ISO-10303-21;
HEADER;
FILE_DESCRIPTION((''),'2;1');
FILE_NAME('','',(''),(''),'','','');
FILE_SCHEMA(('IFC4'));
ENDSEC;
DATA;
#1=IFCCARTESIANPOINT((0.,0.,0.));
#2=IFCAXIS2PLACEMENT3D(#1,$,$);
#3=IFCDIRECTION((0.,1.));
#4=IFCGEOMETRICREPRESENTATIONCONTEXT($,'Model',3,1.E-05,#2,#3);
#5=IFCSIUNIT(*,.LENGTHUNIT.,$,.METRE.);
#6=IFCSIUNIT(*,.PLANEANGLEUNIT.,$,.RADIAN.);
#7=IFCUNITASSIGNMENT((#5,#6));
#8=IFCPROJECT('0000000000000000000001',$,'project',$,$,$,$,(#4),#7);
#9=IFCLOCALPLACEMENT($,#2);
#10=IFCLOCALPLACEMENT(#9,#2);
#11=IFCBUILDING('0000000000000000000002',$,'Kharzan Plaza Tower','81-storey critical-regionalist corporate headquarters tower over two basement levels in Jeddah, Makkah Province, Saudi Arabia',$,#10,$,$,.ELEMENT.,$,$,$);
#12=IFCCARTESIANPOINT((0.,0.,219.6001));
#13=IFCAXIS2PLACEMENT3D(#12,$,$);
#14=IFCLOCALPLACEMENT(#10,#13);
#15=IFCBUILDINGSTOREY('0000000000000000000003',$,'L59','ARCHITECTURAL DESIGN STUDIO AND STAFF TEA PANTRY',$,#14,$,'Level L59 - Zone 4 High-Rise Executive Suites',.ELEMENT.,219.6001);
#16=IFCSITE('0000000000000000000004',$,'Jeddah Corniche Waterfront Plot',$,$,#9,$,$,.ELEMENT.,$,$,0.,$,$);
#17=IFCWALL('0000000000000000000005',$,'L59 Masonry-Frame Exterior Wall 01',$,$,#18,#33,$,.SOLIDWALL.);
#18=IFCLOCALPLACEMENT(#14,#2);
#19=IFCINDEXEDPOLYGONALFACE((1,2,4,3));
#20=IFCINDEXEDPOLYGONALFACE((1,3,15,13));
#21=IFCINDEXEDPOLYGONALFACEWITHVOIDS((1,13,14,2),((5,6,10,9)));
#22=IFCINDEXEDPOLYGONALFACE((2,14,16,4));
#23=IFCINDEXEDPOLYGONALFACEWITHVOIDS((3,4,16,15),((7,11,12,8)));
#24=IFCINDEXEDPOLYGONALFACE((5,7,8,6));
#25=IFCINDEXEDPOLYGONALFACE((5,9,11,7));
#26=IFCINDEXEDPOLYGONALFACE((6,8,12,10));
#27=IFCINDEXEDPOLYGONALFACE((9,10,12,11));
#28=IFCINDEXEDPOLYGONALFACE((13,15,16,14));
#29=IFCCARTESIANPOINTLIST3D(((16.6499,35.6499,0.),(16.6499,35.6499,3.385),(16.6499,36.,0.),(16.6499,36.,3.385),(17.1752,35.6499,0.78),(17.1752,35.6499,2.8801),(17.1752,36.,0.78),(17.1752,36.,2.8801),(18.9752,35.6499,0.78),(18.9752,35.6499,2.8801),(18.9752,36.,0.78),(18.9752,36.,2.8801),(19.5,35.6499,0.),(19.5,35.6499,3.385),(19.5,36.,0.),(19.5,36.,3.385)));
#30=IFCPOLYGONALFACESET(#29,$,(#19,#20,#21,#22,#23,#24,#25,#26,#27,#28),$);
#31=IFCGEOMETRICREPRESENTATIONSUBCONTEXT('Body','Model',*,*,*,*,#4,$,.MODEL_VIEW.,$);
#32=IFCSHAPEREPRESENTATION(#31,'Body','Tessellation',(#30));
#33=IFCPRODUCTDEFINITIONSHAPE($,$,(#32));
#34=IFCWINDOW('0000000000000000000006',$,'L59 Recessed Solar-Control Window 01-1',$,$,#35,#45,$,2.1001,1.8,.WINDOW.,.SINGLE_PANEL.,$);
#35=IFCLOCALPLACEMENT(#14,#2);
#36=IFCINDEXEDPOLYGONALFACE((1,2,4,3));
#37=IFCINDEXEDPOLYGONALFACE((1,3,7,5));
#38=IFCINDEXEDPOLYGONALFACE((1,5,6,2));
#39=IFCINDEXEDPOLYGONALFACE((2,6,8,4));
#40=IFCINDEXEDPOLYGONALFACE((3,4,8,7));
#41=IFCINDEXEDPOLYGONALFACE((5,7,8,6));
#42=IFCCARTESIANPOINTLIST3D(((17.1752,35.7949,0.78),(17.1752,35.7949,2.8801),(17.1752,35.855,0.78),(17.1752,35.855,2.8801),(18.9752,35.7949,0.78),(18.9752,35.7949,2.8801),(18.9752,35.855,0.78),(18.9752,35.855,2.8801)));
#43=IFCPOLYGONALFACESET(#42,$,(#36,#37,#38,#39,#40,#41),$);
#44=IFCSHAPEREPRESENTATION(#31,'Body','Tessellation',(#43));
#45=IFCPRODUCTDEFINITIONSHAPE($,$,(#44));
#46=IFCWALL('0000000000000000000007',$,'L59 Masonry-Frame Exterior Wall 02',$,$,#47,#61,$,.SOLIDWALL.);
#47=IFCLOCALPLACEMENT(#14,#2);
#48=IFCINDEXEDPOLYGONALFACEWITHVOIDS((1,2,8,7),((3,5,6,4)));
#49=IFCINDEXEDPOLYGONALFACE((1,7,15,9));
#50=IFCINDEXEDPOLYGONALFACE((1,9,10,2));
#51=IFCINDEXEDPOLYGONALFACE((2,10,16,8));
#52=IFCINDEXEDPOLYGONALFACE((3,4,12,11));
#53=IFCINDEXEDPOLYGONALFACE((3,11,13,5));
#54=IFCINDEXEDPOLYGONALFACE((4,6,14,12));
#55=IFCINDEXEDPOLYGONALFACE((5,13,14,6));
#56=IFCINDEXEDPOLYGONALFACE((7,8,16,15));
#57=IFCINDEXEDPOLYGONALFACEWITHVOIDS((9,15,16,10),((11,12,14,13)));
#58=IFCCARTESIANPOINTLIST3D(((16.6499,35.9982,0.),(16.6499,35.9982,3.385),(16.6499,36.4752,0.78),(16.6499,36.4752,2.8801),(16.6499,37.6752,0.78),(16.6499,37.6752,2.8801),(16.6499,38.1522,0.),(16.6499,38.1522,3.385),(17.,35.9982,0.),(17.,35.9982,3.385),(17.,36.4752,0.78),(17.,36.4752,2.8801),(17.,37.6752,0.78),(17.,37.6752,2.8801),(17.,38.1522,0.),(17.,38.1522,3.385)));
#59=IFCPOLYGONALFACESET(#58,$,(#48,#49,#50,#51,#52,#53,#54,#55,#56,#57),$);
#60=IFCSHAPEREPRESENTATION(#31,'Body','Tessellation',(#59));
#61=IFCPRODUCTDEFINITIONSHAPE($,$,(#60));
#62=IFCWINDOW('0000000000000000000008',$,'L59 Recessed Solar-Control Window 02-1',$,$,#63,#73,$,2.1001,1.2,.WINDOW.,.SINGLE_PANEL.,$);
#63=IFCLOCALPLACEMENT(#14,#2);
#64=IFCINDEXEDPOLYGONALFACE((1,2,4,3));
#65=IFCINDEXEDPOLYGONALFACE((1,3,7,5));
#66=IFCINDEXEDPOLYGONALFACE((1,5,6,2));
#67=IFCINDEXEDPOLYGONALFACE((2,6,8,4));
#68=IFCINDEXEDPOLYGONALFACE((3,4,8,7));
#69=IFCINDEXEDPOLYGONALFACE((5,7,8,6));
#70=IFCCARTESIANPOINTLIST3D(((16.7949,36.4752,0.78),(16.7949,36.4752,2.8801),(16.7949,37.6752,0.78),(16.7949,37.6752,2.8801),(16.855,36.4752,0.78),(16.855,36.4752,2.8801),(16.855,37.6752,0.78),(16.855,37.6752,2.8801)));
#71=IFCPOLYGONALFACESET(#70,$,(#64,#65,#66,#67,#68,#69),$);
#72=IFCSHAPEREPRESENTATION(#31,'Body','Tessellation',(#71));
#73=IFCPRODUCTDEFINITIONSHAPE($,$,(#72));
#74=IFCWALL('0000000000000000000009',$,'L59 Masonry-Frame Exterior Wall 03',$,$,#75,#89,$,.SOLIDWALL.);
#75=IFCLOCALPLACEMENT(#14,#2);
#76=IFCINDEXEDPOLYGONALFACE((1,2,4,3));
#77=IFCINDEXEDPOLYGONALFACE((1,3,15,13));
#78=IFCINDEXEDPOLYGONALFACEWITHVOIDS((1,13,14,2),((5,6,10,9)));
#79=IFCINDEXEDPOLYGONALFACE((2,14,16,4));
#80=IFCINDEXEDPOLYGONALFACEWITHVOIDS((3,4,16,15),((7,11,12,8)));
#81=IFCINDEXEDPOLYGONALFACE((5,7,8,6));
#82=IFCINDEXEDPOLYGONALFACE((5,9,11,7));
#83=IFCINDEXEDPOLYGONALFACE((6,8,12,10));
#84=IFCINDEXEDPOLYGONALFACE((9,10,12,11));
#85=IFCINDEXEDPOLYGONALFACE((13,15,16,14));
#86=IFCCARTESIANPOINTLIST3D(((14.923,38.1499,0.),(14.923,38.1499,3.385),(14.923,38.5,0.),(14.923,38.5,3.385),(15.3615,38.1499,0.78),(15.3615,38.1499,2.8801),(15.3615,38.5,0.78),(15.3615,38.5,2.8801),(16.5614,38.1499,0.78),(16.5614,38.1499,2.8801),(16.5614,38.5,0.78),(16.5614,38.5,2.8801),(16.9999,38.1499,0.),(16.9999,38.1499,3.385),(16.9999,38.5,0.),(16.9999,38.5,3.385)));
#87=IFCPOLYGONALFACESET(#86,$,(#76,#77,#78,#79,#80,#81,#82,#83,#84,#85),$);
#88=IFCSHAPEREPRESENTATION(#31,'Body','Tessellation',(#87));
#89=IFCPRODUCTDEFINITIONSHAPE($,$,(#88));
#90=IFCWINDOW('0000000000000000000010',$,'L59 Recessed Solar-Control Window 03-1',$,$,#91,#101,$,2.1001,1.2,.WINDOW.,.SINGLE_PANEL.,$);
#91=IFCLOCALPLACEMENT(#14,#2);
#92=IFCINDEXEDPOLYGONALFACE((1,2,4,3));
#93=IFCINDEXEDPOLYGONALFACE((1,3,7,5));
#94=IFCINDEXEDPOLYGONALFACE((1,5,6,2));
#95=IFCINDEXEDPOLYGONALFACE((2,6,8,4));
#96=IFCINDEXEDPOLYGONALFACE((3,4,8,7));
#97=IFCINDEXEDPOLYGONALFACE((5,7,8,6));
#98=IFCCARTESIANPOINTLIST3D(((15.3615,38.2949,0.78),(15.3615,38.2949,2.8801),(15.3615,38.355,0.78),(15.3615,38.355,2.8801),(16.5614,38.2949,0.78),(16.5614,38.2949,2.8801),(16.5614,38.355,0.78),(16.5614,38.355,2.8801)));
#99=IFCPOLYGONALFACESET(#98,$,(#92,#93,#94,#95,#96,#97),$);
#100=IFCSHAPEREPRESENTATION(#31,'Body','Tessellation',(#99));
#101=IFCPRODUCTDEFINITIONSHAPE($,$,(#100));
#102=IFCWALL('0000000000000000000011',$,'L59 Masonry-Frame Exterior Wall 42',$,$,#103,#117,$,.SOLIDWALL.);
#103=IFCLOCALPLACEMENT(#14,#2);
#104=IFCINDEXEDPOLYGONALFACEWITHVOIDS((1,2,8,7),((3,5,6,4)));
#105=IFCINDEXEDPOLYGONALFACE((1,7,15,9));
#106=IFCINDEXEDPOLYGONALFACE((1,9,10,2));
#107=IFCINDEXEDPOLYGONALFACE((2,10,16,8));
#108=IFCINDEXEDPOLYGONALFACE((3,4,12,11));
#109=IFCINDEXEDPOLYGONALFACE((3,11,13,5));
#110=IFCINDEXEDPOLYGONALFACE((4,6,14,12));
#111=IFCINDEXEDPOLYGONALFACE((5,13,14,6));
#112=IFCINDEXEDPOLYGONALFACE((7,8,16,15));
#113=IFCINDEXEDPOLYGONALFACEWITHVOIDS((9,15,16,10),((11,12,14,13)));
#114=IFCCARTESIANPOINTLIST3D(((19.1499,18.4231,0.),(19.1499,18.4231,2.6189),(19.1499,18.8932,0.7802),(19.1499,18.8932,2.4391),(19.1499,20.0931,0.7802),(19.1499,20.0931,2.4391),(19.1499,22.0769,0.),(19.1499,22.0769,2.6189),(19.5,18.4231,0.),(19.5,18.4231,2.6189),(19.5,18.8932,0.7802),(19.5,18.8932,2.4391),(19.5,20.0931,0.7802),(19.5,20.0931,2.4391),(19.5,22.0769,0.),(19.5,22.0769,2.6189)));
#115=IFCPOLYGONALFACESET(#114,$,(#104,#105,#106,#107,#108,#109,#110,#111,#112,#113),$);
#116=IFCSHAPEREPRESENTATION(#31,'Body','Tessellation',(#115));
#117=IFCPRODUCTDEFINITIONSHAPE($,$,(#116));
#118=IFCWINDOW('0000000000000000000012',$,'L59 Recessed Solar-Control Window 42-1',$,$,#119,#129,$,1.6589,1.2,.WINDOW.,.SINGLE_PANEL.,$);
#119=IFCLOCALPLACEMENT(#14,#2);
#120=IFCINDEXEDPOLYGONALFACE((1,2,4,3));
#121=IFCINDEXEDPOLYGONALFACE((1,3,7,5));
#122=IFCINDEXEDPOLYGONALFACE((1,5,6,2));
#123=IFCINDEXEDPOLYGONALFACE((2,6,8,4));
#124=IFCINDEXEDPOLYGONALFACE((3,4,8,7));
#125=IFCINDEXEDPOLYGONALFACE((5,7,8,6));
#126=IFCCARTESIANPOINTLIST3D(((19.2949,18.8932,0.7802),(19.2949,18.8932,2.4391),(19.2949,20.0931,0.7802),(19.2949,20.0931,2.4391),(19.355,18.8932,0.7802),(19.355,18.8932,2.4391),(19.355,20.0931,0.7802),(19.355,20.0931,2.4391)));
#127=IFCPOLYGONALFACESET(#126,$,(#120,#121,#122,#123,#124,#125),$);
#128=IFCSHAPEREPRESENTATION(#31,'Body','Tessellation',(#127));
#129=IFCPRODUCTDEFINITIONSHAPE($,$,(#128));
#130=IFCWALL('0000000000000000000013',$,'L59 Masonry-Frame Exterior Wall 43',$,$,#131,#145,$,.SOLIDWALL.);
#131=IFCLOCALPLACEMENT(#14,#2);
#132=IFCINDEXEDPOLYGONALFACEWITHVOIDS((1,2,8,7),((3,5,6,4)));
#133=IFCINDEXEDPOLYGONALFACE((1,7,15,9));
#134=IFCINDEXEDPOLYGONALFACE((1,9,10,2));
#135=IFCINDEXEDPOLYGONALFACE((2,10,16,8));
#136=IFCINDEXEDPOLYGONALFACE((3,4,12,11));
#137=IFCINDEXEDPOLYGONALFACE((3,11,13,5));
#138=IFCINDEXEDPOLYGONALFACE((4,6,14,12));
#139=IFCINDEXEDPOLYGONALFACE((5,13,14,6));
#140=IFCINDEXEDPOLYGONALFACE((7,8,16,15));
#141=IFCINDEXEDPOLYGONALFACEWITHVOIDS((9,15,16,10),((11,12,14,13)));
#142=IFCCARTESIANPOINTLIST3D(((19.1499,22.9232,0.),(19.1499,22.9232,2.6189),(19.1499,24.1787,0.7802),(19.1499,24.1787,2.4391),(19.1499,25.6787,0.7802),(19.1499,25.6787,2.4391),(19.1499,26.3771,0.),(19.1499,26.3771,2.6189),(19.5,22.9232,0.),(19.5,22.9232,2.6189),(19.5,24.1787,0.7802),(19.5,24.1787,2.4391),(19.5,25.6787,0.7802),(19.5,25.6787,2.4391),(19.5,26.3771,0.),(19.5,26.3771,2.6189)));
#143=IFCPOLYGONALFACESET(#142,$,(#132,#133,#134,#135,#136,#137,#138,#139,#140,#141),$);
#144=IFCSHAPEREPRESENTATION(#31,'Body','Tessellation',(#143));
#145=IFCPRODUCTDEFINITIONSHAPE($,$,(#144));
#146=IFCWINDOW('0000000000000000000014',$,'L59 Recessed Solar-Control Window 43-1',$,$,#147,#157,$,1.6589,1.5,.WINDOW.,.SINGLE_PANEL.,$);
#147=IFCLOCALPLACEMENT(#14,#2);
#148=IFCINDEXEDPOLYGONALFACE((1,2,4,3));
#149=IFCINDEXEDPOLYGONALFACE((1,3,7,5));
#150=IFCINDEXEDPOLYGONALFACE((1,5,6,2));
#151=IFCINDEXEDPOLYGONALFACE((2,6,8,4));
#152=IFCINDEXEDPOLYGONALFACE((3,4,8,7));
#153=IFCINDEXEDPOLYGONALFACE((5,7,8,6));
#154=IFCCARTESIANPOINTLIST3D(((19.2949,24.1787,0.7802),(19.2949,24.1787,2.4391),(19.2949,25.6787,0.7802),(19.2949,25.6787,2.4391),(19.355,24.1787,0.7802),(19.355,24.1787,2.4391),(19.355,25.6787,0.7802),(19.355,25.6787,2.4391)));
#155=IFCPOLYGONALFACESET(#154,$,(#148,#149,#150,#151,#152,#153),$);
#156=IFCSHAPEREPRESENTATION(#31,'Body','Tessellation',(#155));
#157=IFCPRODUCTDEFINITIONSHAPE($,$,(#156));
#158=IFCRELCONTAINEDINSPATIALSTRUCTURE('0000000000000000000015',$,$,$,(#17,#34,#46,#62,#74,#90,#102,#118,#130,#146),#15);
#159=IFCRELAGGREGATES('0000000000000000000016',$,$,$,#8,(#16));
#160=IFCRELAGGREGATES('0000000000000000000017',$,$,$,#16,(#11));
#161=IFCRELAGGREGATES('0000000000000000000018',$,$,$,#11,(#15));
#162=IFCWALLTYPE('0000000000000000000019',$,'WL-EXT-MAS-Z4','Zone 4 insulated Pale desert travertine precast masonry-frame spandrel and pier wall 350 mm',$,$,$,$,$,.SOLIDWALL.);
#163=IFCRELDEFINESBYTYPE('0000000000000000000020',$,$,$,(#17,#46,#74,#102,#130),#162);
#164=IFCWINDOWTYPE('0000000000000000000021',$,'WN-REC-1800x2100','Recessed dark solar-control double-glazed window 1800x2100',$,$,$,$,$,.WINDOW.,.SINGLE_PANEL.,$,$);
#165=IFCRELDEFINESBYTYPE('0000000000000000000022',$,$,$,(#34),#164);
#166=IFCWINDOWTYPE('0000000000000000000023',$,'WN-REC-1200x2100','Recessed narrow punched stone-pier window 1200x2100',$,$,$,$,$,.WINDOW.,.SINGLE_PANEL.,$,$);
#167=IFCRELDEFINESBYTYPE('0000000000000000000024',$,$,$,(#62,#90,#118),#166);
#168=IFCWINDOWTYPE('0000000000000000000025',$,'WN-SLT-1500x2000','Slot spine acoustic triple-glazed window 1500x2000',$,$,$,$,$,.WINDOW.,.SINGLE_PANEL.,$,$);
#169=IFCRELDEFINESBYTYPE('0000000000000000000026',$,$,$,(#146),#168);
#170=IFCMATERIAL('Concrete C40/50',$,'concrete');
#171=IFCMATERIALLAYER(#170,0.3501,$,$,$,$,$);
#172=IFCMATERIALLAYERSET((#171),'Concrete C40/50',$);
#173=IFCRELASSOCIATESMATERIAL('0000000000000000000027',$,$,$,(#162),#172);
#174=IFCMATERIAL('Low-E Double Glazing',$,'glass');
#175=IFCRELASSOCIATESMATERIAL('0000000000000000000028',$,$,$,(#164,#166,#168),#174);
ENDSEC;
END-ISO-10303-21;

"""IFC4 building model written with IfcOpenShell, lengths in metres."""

from ifc_helpers import new_model, si_unit, direction, frame, frame_2d, origin, place, context, subcontext, project, spatial, rectangle, extrude, source, transform, mapped, material, layer, layer_set, type_object, element, fill, save


model = new_model("IFC4")

# Units and contexts
model_context = context("Model", 3, precision=1e-05, world=origin(), true_north=direction((0.0, 1.0)))
body_context = subcontext(model_context, "Body", "Model", "MODEL_VIEW")
ifc_project = project(units=[si_unit("LENGTHUNIT", "METRE"), si_unit("PLANEANGLEUNIT", "RADIAN")], contexts=[model_context])

# Site, building, storey
site_placement = place(None, origin())
site = spatial("IfcSite", under=ifc_project, at=site_placement, Name="Jeddah Corniche Waterfront Plot", CompositionType="ELEMENT", RefElevation=0.0)
building_placement = place(site_placement, origin())
building = spatial("IfcBuilding", under=site, at=building_placement, Name="Kharzan Plaza Tower", Description="81-storey critical-regionalist corporate headquarters tower over two basement levels in Jeddah, Makkah Province, Saudi Arabia", CompositionType="ELEMENT")
storey_placement = place(building_placement, frame((0.0, 0.0, 219.6001)))
storey = spatial("IfcBuildingStorey", under=building, at=storey_placement, Name="L59", Description="ARCHITECTURAL DESIGN STUDIO AND STAFF TEA PANTRY", LongName="Level L59 - Zone 4 High-Rise Executive Suites", CompositionType="ELEMENT", Elevation=219.6001)

# Walls, openings, windows
ifc_material_1 = material(Name="Concrete C40/50", Category="concrete")
ifc_layer_1 = layer(ifc_material_1, 0.3501)
ifc_layer_set_1 = layer_set([ifc_layer_1], Name="Concrete C40/50")
wall_type_1 = type_object("IfcWallType", Name="WL-EXT-MAS-Z4", Description="Zone 4 insulated Pale desert travertine precast masonry-frame spandrel and pier wall 350 mm", PredefinedType="SOLIDWALL", material=ifc_layer_set_1)
wall_1_placement = place(storey_placement, frame((19.5, 35.825, 0.0), z_axis=(0.0, 0.0, 1.0), x_axis=(-1.0, 0.0, 0.0)))
wall_1 = element("IfcWall", 1, at=wall_1_placement, inside=storey, type_object=wall_type_1, Name="L59 Masonry-Frame Exterior Wall 01", PredefinedType="SOLIDWALL", context=body_context, shape_type="SweptSolid", body=[
    extrude(rectangle(XDim=2.8501, YDim=0.3501, at=frame_2d((1.425, 0.0))), origin(), (0.0, 0.0, 1.0), 3.385),
])
opening_1_placement = place(wall_1_placement, frame((0.5249, 0.0, 0.78)))
opening_1 = element("IfcOpeningElement", 2, at=opening_1_placement, cuts=wall_1, PredefinedType="OPENING", context=body_context, shape_type="SweptSolid", body=[
    extrude(rectangle(XDim=1.8, YDim=2.1001, at=frame_2d((0.8999, 1.05))), frame((0.0, 0.1851, 0.0), z_axis=(0.0, -1.0, 0.0), x_axis=(1.0, 0.0, 0.0)), (0.0, 0.0, 1.0), 0.3701),
])
ifc_material_2 = material(Name="Low-E Double Glazing", Category="glass")
window_type_1 = type_object("IfcWindowType", Name="WN-REC-1800x2100", Description="Recessed dark solar-control double-glazed window 1800x2100", PartitioningType="SINGLE_PANEL", PredefinedType="WINDOW", material=ifc_material_2)
shared_shape_1 = source(origin(), body_context, "Body", "SweptSolid", [
    extrude(rectangle(XDim=1.8, YDim=2.1001, at=frame_2d((0.8999, 1.05))), frame((0.0, 0.03, 0.0), z_axis=(0.0, -1.0, 0.0), x_axis=(1.0, 0.0, 0.0)), (0.0, 0.0, 1.0), 0.0601),
])
window_1_placement = place(opening_1_placement, origin())
window_1 = element("IfcWindow", 3, at=window_1_placement, inside=storey, type_object=window_type_1, Name="L59 Recessed Solar-Control Window 01-1", OverallHeight=2.1001, OverallWidth=1.8, PartitioningType="SINGLE_PANEL", PredefinedType="WINDOW", context=body_context, shape_type="MappedRepresentation", body=[
    mapped(shared_shape_1, transform((0.0, 0.0, 0.0), x_axis=(1.0, 0.0, 0.0), y_axis=(0.0, 1.0, 0.0), z_axis=(0.0, 0.0, 1.0))),
])
fill(opening_1, window_1)
wall_2_placement = place(storey_placement, frame((16.825, 35.998, 0.0), z_axis=(0.0, 0.0, 1.0), x_axis=(0.0, 1.0, 0.0)))
wall_2 = element("IfcWall", 4, at=wall_2_placement, inside=storey, type_object=wall_type_1, Name="L59 Masonry-Frame Exterior Wall 02", PredefinedType="SOLIDWALL", context=body_context, shape_type="SweptSolid", body=[
    extrude(rectangle(XDim=2.1541, YDim=0.3501, at=frame_2d((1.0771, 0.0))), origin(), (0.0, 0.0, 1.0), 3.385),
])
opening_2_placement = place(wall_2_placement, frame((0.4771, 0.0, 0.78)))
opening_2 = element("IfcOpeningElement", 5, at=opening_2_placement, cuts=wall_2, PredefinedType="OPENING", context=body_context, shape_type="SweptSolid", body=[
    extrude(rectangle(XDim=1.2, YDim=2.1001, at=frame_2d((0.6001, 1.05))), frame((0.0, 0.1851, 0.0), z_axis=(0.0, -1.0, 0.0), x_axis=(1.0, 0.0, 0.0)), (0.0, 0.0, 1.0), 0.3701),
])
window_type_2 = type_object("IfcWindowType", Name="WN-REC-1200x2100", Description="Recessed narrow punched stone-pier window 1200x2100", PartitioningType="SINGLE_PANEL", PredefinedType="WINDOW", material=ifc_material_2)
shared_shape_2 = source(origin(), body_context, "Body", "SweptSolid", [
    extrude(rectangle(XDim=1.2, YDim=2.1001, at=frame_2d((0.6001, 1.05))), frame((0.0, 0.03, 0.0), z_axis=(0.0, -1.0, 0.0), x_axis=(1.0, 0.0, 0.0)), (0.0, 0.0, 1.0), 0.0601),
])
window_2_placement = place(opening_2_placement, origin())
window_2 = element("IfcWindow", 6, at=window_2_placement, inside=storey, type_object=window_type_2, Name="L59 Recessed Solar-Control Window 02-1", OverallHeight=2.1001, OverallWidth=1.2, PartitioningType="SINGLE_PANEL", PredefinedType="WINDOW", context=body_context, shape_type="MappedRepresentation", body=[
    mapped(shared_shape_2, transform((0.0, 0.0, 0.0), x_axis=(1.0, 0.0, 0.0), y_axis=(0.0, 1.0, 0.0), z_axis=(0.0, 0.0, 1.0))),
])
fill(opening_2, window_2)
wall_3_placement = place(storey_placement, frame((17.0, 38.325, 0.0), z_axis=(0.0, 0.0, 1.0), x_axis=(-1.0, 0.0, 0.0)))
wall_3 = element("IfcWall", 7, at=wall_3_placement, inside=storey, type_object=wall_type_1, Name="L59 Masonry-Frame Exterior Wall 03", PredefinedType="SOLIDWALL", context=body_context, shape_type="SweptSolid", body=[
    extrude(rectangle(XDim=2.0769, YDim=0.3501, at=frame_2d((1.0386, 0.0))), origin(), (0.0, 0.0, 1.0), 3.385),
])
opening_3_placement = place(wall_3_placement, frame((0.4385, 0.0, 0.78)))
opening_3 = element("IfcOpeningElement", 8, at=opening_3_placement, cuts=wall_3, PredefinedType="OPENING", context=body_context, shape_type="SweptSolid", body=[
    extrude(rectangle(XDim=1.2, YDim=2.1001, at=frame_2d((0.6001, 1.05))), frame((0.0, 0.1851, 0.0), z_axis=(0.0, -1.0, 0.0), x_axis=(1.0, 0.0, 0.0)), (0.0, 0.0, 1.0), 0.3701),
])
window_3_placement = place(opening_3_placement, origin())
window_3 = element("IfcWindow", 9, at=window_3_placement, inside=storey, type_object=window_type_2, Name="L59 Recessed Solar-Control Window 03-1", OverallHeight=2.1001, OverallWidth=1.2, PartitioningType="SINGLE_PANEL", PredefinedType="WINDOW", context=body_context, shape_type="MappedRepresentation", body=[
    mapped(shared_shape_2, transform((0.0, 0.0, 0.0), x_axis=(1.0, 0.0, 0.0), y_axis=(0.0, 1.0, 0.0), z_axis=(0.0, 0.0, 1.0))),
])
fill(opening_3, window_3)
wall_4_placement = place(storey_placement, frame((19.325, 18.4231, 0.0), z_axis=(0.0, 0.0, 1.0), x_axis=(0.0, 1.0, 0.0)))
wall_4 = element("IfcWall", 10, at=wall_4_placement, inside=storey, type_object=wall_type_1, Name="L59 Masonry-Frame Exterior Wall 42", PredefinedType="SOLIDWALL", context=body_context, shape_type="SweptSolid", body=[
    extrude(rectangle(XDim=3.6538, YDim=0.3501, at=frame_2d((1.8269, 0.0))), origin(), (0.0, 0.0, 1.0), 2.6189),
])
opening_4_placement = place(wall_4_placement, frame((0.47, 0.0, 0.78)))
opening_4 = element("IfcOpeningElement", 11, at=opening_4_placement, cuts=wall_4, PredefinedType="OPENING", context=body_context, shape_type="SweptSolid", body=[
    extrude(rectangle(XDim=1.2, YDim=1.6589, at=frame_2d((0.6001, 0.8296))), frame((0.0, 0.1851, 0.0), z_axis=(0.0, -1.0, 0.0), x_axis=(1.0, 0.0, 0.0)), (0.0, 0.0, 1.0), 0.3701),
])
shared_shape_3 = source(origin(), body_context, "Body", "SweptSolid", [
    extrude(rectangle(XDim=1.2, YDim=1.6589, at=frame_2d((0.6001, 0.8296))), frame((0.0, 0.03, 0.0), z_axis=(0.0, -1.0, 0.0), x_axis=(1.0, 0.0, 0.0)), (0.0, 0.0, 1.0), 0.0601),
])
window_4_placement = place(opening_4_placement, origin())
window_4 = element("IfcWindow", 12, at=window_4_placement, inside=storey, type_object=window_type_2, Name="L59 Recessed Solar-Control Window 42-1", OverallHeight=1.6589, OverallWidth=1.2, PartitioningType="SINGLE_PANEL", PredefinedType="WINDOW", context=body_context, shape_type="MappedRepresentation", body=[
    mapped(shared_shape_3, transform((0.0, 0.0, 0.0), x_axis=(1.0, 0.0, 0.0), y_axis=(0.0, 1.0, 0.0), z_axis=(0.0, 0.0, 1.0))),
])
fill(opening_4, window_4)
wall_5_placement = place(storey_placement, frame((19.325, 22.9231, 0.0), z_axis=(0.0, 0.0, 1.0), x_axis=(0.0, 1.0, 0.0)))
wall_5 = element("IfcWall", 13, at=wall_5_placement, inside=storey, type_object=wall_type_1, Name="L59 Masonry-Frame Exterior Wall 43", PredefinedType="SOLIDWALL", context=body_context, shape_type="SweptSolid", body=[
    extrude(rectangle(XDim=3.4539, YDim=0.3501, at=frame_2d((1.7271, 0.0))), origin(), (0.0, 0.0, 1.0), 2.6189),
])
opening_5_placement = place(wall_5_placement, frame((1.2556, 0.0, 0.78)))
opening_5 = element("IfcOpeningElement", 14, at=opening_5_placement, cuts=wall_5, PredefinedType="OPENING", context=body_context, shape_type="SweptSolid", body=[
    extrude(rectangle(XDim=1.5, YDim=1.6589, at=frame_2d((0.75, 0.8296))), frame((0.0, 0.1851, 0.0), z_axis=(0.0, -1.0, 0.0), x_axis=(1.0, 0.0, 0.0)), (0.0, 0.0, 1.0), 0.3701),
])
window_type_3 = type_object("IfcWindowType", Name="WN-SLT-1500x2000", Description="Slot spine acoustic triple-glazed window 1500x2000", PartitioningType="SINGLE_PANEL", PredefinedType="WINDOW", material=ifc_material_2)
shared_shape_4 = source(origin(), body_context, "Body", "SweptSolid", [
    extrude(rectangle(XDim=1.5, YDim=1.6589, at=frame_2d((0.75, 0.8296))), frame((0.0, 0.03, 0.0), z_axis=(0.0, -1.0, 0.0), x_axis=(1.0, 0.0, 0.0)), (0.0, 0.0, 1.0), 0.0601),
])
window_5_placement = place(opening_5_placement, origin())
window_5 = element("IfcWindow", 15, at=window_5_placement, inside=storey, type_object=window_type_3, Name="L59 Recessed Solar-Control Window 43-1", OverallHeight=1.6589, OverallWidth=1.5, PartitioningType="SINGLE_PANEL", PredefinedType="WINDOW", context=body_context, shape_type="MappedRepresentation", body=[
    mapped(shared_shape_4, transform((0.0, 0.0, 0.0), x_axis=(1.0, 0.0, 0.0), y_axis=(0.0, 1.0, 0.0), z_axis=(0.0, 0.0, 1.0))),
])
fill(opening_5, window_5)

save(model, "model.ifc")
